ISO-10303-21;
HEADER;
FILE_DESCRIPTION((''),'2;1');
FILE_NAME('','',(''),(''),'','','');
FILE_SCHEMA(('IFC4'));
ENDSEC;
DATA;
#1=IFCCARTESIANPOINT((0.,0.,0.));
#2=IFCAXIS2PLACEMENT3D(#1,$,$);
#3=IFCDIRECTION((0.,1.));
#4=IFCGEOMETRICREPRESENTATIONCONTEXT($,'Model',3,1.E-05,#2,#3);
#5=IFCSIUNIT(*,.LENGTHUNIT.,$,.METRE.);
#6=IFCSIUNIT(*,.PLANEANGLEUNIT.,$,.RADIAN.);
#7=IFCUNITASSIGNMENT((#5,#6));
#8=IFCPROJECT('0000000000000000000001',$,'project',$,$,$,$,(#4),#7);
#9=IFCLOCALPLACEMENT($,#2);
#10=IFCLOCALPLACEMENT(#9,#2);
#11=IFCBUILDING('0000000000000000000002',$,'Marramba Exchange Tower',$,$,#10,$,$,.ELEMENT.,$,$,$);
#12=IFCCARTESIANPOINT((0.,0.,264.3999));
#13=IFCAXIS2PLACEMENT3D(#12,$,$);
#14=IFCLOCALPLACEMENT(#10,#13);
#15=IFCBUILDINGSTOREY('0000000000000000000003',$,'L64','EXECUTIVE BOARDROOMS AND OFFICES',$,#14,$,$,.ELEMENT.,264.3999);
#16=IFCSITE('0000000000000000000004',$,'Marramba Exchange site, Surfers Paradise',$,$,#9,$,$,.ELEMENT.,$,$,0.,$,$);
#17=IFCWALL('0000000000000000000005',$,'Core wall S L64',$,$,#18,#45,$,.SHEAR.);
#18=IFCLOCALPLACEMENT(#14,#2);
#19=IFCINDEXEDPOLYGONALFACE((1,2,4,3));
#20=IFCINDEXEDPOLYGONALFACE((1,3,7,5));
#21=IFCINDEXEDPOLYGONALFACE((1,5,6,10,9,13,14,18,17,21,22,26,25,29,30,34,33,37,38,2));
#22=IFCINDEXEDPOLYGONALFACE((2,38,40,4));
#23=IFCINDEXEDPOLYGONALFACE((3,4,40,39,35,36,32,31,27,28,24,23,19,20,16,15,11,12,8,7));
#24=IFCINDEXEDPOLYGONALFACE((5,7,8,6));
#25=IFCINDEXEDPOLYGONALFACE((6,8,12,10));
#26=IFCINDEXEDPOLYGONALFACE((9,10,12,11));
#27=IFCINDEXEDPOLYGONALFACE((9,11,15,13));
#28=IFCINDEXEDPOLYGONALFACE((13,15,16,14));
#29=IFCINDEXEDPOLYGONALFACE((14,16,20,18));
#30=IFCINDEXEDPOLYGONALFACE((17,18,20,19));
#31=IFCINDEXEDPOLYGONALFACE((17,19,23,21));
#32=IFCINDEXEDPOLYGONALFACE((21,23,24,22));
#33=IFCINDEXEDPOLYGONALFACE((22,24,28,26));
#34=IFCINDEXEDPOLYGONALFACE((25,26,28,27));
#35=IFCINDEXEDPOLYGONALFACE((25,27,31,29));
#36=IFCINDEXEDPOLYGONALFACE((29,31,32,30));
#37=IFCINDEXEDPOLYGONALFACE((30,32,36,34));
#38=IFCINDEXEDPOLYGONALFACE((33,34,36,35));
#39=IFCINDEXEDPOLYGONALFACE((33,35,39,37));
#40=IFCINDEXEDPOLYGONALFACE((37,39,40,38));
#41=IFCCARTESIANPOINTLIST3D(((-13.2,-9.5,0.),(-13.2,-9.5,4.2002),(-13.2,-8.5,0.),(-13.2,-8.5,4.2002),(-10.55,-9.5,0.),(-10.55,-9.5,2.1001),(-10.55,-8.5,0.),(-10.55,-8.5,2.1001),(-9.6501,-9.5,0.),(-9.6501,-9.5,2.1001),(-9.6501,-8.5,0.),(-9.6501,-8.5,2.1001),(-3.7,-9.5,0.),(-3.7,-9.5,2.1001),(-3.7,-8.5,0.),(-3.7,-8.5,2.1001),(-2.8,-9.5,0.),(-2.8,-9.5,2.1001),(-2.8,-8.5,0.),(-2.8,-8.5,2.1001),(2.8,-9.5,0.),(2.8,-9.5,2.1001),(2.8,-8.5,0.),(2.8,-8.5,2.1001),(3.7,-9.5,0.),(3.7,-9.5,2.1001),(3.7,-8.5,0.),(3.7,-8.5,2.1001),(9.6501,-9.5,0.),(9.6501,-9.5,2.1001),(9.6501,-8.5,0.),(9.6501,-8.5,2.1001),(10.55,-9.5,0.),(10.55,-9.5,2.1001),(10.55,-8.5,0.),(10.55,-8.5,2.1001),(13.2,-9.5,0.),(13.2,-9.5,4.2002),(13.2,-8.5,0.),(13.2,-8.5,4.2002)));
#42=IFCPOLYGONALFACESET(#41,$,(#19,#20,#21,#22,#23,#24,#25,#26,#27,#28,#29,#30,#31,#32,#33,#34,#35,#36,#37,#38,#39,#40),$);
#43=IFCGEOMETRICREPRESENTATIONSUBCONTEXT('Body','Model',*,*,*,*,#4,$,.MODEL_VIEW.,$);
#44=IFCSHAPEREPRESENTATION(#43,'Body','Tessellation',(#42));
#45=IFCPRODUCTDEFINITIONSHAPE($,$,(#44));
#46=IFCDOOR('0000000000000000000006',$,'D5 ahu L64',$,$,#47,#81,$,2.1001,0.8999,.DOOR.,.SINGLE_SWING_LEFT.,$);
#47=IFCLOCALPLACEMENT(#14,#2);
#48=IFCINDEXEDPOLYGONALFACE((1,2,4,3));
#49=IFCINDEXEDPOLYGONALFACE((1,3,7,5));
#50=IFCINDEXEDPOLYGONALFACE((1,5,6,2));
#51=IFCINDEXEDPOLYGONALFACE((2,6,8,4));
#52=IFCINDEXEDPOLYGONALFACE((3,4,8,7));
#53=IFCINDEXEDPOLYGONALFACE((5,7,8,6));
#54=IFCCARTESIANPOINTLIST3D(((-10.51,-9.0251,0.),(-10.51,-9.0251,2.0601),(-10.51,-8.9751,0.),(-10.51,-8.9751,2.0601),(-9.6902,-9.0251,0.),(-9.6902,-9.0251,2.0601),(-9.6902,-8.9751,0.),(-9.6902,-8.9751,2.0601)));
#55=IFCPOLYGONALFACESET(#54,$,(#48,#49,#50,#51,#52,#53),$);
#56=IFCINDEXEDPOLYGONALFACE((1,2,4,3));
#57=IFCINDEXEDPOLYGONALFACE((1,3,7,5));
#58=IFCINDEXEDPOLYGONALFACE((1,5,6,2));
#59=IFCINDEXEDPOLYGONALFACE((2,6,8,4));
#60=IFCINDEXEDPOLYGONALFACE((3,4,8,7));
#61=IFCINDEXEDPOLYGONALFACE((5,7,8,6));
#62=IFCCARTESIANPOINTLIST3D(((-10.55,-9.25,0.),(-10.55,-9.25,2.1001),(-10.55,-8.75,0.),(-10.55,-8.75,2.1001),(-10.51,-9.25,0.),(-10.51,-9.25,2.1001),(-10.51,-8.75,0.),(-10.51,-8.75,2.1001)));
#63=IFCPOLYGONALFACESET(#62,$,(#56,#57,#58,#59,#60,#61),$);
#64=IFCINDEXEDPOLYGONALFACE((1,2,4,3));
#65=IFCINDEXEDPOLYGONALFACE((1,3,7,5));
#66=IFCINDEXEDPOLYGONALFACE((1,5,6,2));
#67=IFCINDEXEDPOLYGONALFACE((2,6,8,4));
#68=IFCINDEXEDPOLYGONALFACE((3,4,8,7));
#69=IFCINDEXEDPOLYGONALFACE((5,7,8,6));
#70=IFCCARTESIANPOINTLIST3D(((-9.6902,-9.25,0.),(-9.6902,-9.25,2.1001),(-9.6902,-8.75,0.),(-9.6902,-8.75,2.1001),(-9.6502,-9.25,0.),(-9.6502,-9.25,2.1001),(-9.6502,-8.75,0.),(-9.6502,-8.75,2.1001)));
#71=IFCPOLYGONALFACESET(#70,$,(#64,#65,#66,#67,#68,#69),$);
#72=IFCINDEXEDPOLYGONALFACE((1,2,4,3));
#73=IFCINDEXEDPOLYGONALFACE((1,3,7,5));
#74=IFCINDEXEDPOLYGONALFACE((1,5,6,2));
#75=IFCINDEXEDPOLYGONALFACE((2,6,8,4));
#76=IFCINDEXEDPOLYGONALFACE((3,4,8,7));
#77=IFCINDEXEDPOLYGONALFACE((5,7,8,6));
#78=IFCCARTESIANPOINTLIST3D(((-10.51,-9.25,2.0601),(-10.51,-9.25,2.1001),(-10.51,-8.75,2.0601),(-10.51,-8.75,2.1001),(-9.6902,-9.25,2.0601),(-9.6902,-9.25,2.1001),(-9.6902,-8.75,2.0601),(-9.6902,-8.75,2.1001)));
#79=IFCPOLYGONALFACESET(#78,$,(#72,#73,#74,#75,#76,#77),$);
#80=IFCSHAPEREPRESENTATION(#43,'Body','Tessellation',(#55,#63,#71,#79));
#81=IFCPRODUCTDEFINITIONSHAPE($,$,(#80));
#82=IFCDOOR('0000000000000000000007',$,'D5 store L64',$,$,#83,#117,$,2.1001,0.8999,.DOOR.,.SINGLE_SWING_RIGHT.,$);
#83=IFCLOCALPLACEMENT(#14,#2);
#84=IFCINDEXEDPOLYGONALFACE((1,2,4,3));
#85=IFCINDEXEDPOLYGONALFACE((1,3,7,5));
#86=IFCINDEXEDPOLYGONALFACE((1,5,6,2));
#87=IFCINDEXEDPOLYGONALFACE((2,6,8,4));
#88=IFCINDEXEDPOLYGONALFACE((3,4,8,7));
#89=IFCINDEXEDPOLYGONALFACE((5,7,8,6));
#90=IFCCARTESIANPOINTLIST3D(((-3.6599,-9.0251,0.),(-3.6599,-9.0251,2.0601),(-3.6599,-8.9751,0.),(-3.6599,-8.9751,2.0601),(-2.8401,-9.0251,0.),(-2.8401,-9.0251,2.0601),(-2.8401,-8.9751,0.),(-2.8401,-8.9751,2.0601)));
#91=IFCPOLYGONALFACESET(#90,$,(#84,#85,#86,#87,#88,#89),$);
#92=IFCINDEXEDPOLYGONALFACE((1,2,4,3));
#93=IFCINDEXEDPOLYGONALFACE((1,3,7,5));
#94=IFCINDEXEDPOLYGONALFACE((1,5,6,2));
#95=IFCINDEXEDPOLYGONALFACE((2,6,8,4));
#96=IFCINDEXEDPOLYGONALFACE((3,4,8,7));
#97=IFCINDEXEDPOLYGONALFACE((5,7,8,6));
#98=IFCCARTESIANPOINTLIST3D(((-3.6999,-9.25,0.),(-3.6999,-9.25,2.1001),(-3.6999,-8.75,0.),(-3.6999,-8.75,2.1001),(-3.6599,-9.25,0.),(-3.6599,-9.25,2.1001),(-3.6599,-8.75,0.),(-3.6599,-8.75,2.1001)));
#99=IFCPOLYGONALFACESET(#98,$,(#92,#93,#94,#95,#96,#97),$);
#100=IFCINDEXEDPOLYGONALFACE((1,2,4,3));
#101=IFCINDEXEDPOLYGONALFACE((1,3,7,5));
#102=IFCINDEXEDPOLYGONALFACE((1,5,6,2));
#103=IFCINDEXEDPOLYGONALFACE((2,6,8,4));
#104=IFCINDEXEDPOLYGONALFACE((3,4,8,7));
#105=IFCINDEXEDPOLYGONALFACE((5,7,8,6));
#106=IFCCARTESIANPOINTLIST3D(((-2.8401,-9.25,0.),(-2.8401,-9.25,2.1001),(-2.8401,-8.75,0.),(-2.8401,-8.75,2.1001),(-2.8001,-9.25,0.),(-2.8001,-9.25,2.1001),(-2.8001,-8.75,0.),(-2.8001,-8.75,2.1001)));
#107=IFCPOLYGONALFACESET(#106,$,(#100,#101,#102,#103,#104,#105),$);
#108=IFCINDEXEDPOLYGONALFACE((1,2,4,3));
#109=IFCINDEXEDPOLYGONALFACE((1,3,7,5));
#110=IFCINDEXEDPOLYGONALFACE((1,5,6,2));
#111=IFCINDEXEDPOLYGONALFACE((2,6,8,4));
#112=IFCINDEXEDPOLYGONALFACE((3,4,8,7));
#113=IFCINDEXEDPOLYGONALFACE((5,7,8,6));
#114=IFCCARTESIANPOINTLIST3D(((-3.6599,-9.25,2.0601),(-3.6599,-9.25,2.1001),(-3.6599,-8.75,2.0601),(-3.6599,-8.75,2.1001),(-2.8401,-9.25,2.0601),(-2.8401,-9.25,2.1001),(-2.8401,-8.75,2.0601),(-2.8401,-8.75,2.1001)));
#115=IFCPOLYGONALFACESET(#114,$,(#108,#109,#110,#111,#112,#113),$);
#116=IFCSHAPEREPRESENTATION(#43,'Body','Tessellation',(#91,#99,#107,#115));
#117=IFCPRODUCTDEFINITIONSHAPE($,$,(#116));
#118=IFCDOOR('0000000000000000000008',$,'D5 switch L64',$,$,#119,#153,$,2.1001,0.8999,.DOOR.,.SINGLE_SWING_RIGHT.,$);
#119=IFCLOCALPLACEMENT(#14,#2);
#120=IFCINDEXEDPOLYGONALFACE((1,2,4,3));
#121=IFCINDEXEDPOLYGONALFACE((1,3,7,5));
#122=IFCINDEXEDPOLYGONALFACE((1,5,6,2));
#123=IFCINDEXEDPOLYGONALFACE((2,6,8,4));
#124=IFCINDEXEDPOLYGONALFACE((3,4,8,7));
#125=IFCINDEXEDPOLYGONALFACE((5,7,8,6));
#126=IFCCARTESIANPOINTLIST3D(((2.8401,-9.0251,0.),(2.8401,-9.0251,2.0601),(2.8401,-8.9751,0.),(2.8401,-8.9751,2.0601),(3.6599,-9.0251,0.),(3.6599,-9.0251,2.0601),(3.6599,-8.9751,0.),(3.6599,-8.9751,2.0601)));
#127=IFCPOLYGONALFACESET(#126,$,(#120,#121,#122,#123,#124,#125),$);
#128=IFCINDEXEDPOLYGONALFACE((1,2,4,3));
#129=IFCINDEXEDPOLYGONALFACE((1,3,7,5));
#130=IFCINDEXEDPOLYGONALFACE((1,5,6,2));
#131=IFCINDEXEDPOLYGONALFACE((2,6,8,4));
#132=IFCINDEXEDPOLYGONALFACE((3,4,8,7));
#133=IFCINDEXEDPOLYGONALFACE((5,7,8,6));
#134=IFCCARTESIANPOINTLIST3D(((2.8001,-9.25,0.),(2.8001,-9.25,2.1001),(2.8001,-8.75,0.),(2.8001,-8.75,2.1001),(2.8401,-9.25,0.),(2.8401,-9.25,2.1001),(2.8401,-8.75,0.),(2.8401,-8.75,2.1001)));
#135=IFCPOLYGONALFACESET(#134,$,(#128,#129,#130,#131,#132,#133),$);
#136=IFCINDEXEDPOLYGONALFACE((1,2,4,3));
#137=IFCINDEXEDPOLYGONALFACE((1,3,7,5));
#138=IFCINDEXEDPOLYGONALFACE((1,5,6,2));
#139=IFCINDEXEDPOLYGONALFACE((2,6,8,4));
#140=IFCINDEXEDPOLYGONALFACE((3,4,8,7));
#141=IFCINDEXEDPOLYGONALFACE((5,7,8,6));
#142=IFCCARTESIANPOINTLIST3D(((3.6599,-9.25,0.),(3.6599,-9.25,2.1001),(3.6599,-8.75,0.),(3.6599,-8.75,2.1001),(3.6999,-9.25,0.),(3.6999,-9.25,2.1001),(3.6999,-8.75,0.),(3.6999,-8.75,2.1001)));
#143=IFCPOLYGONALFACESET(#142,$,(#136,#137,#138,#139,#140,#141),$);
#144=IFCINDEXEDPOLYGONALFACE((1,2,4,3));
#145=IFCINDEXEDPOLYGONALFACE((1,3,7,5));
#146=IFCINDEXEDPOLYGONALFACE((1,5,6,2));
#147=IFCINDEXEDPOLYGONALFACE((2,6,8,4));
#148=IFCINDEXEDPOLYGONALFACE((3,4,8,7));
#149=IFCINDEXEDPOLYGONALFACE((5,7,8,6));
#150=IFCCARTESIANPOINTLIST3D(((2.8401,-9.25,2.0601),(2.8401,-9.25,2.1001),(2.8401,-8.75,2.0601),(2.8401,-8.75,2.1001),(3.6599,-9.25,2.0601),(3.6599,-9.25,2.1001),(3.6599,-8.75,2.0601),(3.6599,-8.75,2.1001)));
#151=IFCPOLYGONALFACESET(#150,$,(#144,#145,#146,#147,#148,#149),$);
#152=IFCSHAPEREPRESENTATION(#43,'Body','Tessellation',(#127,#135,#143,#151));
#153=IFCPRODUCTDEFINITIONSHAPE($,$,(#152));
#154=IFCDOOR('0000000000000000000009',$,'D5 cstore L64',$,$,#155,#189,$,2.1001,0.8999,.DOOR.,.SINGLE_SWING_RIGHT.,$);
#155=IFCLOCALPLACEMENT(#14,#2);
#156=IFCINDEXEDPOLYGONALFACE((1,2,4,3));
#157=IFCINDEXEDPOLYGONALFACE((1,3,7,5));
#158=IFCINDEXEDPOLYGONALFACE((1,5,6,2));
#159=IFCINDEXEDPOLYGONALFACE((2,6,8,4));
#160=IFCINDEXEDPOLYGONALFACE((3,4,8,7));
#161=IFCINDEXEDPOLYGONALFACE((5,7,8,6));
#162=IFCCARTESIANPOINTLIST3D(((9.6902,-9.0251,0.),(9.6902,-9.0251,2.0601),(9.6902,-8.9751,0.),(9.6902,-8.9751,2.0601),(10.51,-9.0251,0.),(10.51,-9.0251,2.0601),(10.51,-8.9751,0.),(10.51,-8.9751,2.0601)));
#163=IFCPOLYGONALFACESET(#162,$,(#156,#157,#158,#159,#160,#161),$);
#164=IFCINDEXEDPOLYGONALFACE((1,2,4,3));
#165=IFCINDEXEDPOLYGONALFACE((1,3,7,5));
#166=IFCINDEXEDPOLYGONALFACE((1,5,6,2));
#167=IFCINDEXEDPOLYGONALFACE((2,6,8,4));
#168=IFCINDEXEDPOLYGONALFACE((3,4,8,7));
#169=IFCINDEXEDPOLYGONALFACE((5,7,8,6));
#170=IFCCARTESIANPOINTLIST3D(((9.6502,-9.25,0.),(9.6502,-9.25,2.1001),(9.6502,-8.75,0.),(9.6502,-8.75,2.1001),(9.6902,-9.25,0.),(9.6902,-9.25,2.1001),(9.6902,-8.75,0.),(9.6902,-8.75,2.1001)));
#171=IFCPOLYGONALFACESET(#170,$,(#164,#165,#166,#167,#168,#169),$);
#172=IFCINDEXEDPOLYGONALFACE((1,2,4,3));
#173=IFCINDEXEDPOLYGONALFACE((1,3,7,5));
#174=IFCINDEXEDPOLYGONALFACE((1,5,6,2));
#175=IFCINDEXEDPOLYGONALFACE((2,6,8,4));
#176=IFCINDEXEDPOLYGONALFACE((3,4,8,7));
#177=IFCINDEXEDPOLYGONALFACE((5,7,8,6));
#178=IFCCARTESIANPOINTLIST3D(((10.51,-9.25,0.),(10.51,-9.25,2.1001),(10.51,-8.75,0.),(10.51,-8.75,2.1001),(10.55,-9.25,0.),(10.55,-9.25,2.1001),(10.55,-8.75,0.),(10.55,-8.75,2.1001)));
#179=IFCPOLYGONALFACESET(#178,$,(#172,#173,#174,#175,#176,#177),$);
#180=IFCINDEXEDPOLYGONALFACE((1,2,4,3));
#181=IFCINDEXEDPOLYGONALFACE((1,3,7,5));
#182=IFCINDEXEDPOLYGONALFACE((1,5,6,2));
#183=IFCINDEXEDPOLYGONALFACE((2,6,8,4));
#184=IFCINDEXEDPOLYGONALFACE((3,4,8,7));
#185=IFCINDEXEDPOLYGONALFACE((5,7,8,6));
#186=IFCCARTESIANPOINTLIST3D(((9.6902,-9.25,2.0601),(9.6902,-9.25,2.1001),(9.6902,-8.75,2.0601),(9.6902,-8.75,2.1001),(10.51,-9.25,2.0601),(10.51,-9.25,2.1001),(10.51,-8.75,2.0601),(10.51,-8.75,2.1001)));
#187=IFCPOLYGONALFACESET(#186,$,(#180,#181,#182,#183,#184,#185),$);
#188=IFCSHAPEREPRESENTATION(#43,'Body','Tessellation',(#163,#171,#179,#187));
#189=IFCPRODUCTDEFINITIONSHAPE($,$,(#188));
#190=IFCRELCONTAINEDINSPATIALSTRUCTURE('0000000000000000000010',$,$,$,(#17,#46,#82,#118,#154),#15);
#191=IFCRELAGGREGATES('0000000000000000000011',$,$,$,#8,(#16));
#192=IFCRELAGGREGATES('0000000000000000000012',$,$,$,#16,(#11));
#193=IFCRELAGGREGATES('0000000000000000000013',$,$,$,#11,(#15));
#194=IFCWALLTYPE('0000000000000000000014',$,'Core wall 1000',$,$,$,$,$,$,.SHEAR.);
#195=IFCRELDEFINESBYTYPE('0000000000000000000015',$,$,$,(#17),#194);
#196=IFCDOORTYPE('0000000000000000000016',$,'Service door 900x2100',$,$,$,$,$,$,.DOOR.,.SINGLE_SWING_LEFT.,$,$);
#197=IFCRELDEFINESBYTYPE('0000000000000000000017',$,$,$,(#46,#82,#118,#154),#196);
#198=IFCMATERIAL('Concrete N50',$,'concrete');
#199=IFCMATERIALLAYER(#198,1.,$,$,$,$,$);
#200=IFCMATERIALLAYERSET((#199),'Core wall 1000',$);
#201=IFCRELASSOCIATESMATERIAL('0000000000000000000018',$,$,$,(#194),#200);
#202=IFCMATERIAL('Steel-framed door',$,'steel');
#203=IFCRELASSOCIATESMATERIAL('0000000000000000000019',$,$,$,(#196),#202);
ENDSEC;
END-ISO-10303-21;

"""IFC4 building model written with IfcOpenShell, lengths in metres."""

from ifc_helpers import new_model, si_unit, direction, frame, frame_2d, origin, place, context, subcontext, project, spatial, rectangle, extrude, material, layer, layer_set, type_object, element, fill, save


model = new_model("IFC4")

# Units and contexts
model_context = context("Model", 3, precision=1e-05, world=origin(), true_north=direction((0.0, 1.0)))
body_context = subcontext(model_context, "Body", "Model", "MODEL_VIEW")
ifc_project = project(units=[si_unit("LENGTHUNIT", "METRE"), si_unit("PLANEANGLEUNIT", "RADIAN")], contexts=[model_context])

# Site, building, storey
site_placement = place(None, origin())
site = spatial("IfcSite", under=ifc_project, at=site_placement, Name="Marramba Exchange site, Surfers Paradise", CompositionType="ELEMENT", RefElevation=0.0)
building_placement = place(site_placement, origin())
building = spatial("IfcBuilding", under=site, at=building_placement, Name="Marramba Exchange Tower", CompositionType="ELEMENT")
storey_placement = place(building_placement, frame((0.0, 0.0, 264.3999)))
storey = spatial("IfcBuildingStorey", under=building, at=storey_placement, Name="L64", Description="EXECUTIVE BOARDROOMS AND OFFICES", CompositionType="ELEMENT", Elevation=264.3999)

# Shared definitions
ifc_material_1 = material(Name="Concrete N50", Category="concrete")

# Wall, openings, doors
ifc_layer_1 = layer(ifc_material_1, 1.0)
ifc_layer_set_1 = layer_set([ifc_layer_1], Name="Core wall 1000")
wall_type_1 = type_object("IfcWallType", Name="Core wall 1000", PredefinedType="SHEAR", material=ifc_layer_set_1)
wall_1_placement = place(storey_placement, frame((-13.2, -9.0, 0.0), z_axis=(0.0, 0.0, 1.0), x_axis=(1.0, 0.0, 0.0)))
wall_1 = element("IfcWall", 1, at=wall_1_placement, inside=storey, type_object=wall_type_1, Name="Core wall S L64", PredefinedType="SHEAR", context=body_context, shape_type="SweptSolid", body=[
    extrude(rectangle(XDim=26.3999, YDim=1.0, at=frame_2d((13.2, 0.0))), origin(), (0.0, 0.0, 1.0), 4.2002),
])
opening_1_placement = place(wall_1_placement, frame((2.6499, 0.0, 0.0)))
opening_1 = element("IfcOpeningElement", 2, at=opening_1_placement, cuts=wall_1, PredefinedType="OPENING", context=body_context, shape_type="SweptSolid", body=[
    extrude(rectangle(XDim=0.8999, YDim=2.1001, at=frame_2d((0.45, 1.05))), frame((0.0, 0.51, 0.0), z_axis=(0.0, -1.0, 0.0), x_axis=(1.0, 0.0, 0.0)), (0.0, 0.0, 1.0), 1.02),
])
opening_2_placement = place(wall_1_placement, frame((9.5, 0.0, 0.0)))
opening_2 = element("IfcOpeningElement", 3, at=opening_2_placement, cuts=wall_1, PredefinedType="OPENING", context=body_context, shape_type="SweptSolid", body=[
    extrude(rectangle(XDim=0.8999, YDim=2.1001, at=frame_2d((0.45, 1.05))), frame((0.0, 0.51, 0.0), z_axis=(0.0, -1.0, 0.0), x_axis=(1.0, 0.0, 0.0)), (0.0, 0.0, 1.0), 1.02),
])
opening_3_placement = place(wall_1_placement, frame((16.0, 0.0, 0.0)))
opening_3 = element("IfcOpeningElement", 4, at=opening_3_placement, cuts=wall_1, PredefinedType="OPENING", context=body_context, shape_type="SweptSolid", body=[
    extrude(rectangle(XDim=0.8999, YDim=2.1001, at=frame_2d((0.45, 1.05))), frame((0.0, 0.51, 0.0), z_axis=(0.0, -1.0, 0.0), x_axis=(1.0, 0.0, 0.0)), (0.0, 0.0, 1.0), 1.02),
])
opening_4_placement = place(wall_1_placement, frame((22.8501, 0.0, 0.0)))
opening_4 = element("IfcOpeningElement", 5, at=opening_4_placement, cuts=wall_1, PredefinedType="OPENING", context=body_context, shape_type="SweptSolid", body=[
    extrude(rectangle(XDim=0.8999, YDim=2.1001, at=frame_2d((0.45, 1.05))), frame((0.0, 0.51, 0.0), z_axis=(0.0, -1.0, 0.0), x_axis=(1.0, 0.0, 0.0)), (0.0, 0.0, 1.0), 1.02),
])
ifc_material_2 = material(Name="Steel-framed door", Category="steel")
door_type = type_object("IfcDoorType", Name="Service door 900x2100", OperationType="SINGLE_SWING_LEFT", PredefinedType="DOOR", material=ifc_material_2)
door_1_placement = place(opening_1_placement, origin())
door_1 = element("IfcDoor", 6, at=door_1_placement, inside=storey, type_object=door_type, Name="D5 ahu L64", OperationType="SINGLE_SWING_LEFT", OverallHeight=2.1001, OverallWidth=0.8999, PredefinedType="DOOR", context=body_context, shape_type="SweptSolid", body=[
    extrude(rectangle(XDim=0.8198, YDim=2.0601, at=frame_2d((0.45, 1.03))), frame((0.0, 0.0249, 0.0), z_axis=(0.0, -1.0, 0.0), x_axis=(1.0, 0.0, 0.0)), (0.0, 0.0, 1.0), 0.05),
    extrude(rectangle(XDim=0.04, YDim=2.1001, at=frame_2d((0.02, 1.05))), frame((0.0, 0.25, 0.0), z_axis=(0.0, -1.0, 0.0), x_axis=(1.0, 0.0, 0.0)), (0.0, 0.0, 1.0), 0.5),
    extrude(rectangle(XDim=0.04, YDim=2.1001, at=frame_2d((0.8799, 1.05))), frame((0.0, 0.25, 0.0), z_axis=(0.0, -1.0, 0.0), x_axis=(1.0, 0.0, 0.0)), (0.0, 0.0, 1.0), 0.5),
    extrude(rectangle(XDim=0.8198, YDim=0.04, at=frame_2d((0.45, 2.0801))), frame((0.0, 0.25, 0.0), z_axis=(0.0, -1.0, 0.0), x_axis=(1.0, 0.0, 0.0)), (0.0, 0.0, 1.0), 0.5),
])
fill(opening_1, door_1)
door_2_placement = place(opening_2_placement, origin())
door_2 = element("IfcDoor", 7, at=door_2_placement, inside=storey, type_object=door_type, Name="D5 store L64", OperationType="SINGLE_SWING_RIGHT", OverallHeight=2.1001, OverallWidth=0.8999, PredefinedType="DOOR", context=body_context, shape_type="SweptSolid", body=[
    extrude(rectangle(XDim=0.8198, YDim=2.0601, at=frame_2d((0.45, 1.03))), frame((0.0, 0.0249, 0.0), z_axis=(0.0, -1.0, 0.0), x_axis=(1.0, 0.0, 0.0)), (0.0, 0.0, 1.0), 0.05),
    extrude(rectangle(XDim=0.04, YDim=2.1001, at=frame_2d((0.02, 1.05))), frame((0.0, 0.25, 0.0), z_axis=(0.0, -1.0, 0.0), x_axis=(1.0, 0.0, 0.0)), (0.0, 0.0, 1.0), 0.5),
    extrude(rectangle(XDim=0.04, YDim=2.1001, at=frame_2d((0.8799, 1.05))), frame((0.0, 0.25, 0.0), z_axis=(0.0, -1.0, 0.0), x_axis=(1.0, 0.0, 0.0)), (0.0, 0.0, 1.0), 0.5),
    extrude(rectangle(XDim=0.8198, YDim=0.04, at=frame_2d((0.45, 2.0801))), frame((0.0, 0.25, 0.0), z_axis=(0.0, -1.0, 0.0), x_axis=(1.0, 0.0, 0.0)), (0.0, 0.0, 1.0), 0.5),
])
fill(opening_2, door_2)
door_3_placement = place(opening_3_placement, origin())
door_3 = element("IfcDoor", 8, at=door_3_placement, inside=storey, type_object=door_type, Name="D5 switch L64", OperationType="SINGLE_SWING_RIGHT", OverallHeight=2.1001, OverallWidth=0.8999, PredefinedType="DOOR", context=body_context, shape_type="SweptSolid", body=[
    extrude(rectangle(XDim=0.8198, YDim=2.0601, at=frame_2d((0.45, 1.03))), frame((0.0, 0.0249, 0.0), z_axis=(0.0, -1.0, 0.0), x_axis=(1.0, 0.0, 0.0)), (0.0, 0.0, 1.0), 0.05),
    extrude(rectangle(XDim=0.04, YDim=2.1001, at=frame_2d((0.02, 1.05))), frame((0.0, 0.25, 0.0), z_axis=(0.0, -1.0, 0.0), x_axis=(1.0, 0.0, 0.0)), (0.0, 0.0, 1.0), 0.5),
    extrude(rectangle(XDim=0.04, YDim=2.1001, at=frame_2d((0.8799, 1.05))), frame((0.0, 0.25, 0.0), z_axis=(0.0, -1.0, 0.0), x_axis=(1.0, 0.0, 0.0)), (0.0, 0.0, 1.0), 0.5),
    extrude(rectangle(XDim=0.8198, YDim=0.04, at=frame_2d((0.45, 2.0801))), frame((0.0, 0.25, 0.0), z_axis=(0.0, -1.0, 0.0), x_axis=(1.0, 0.0, 0.0)), (0.0, 0.0, 1.0), 0.5),
])
fill(opening_3, door_3)
door_4_placement = place(opening_4_placement, origin())
door_4 = element("IfcDoor", 9, at=door_4_placement, inside=storey, type_object=door_type, Name="D5 cstore L64", OperationType="SINGLE_SWING_RIGHT", OverallHeight=2.1001, OverallWidth=0.8999, PredefinedType="DOOR", context=body_context, shape_type="SweptSolid", body=[
    extrude(rectangle(XDim=0.8198, YDim=2.0601, at=frame_2d((0.45, 1.03))), frame((0.0, 0.0249, 0.0), z_axis=(0.0, -1.0, 0.0), x_axis=(1.0, 0.0, 0.0)), (0.0, 0.0, 1.0), 0.05),
    extrude(rectangle(XDim=0.04, YDim=2.1001, at=frame_2d((0.02, 1.05))), frame((0.0, 0.25, 0.0), z_axis=(0.0, -1.0, 0.0), x_axis=(1.0, 0.0, 0.0)), (0.0, 0.0, 1.0), 0.5),
    extrude(rectangle(XDim=0.04, YDim=2.1001, at=frame_2d((0.8799, 1.05))), frame((0.0, 0.25, 0.0), z_axis=(0.0, -1.0, 0.0), x_axis=(1.0, 0.0, 0.0)), (0.0, 0.0, 1.0), 0.5),
    extrude(rectangle(XDim=0.8198, YDim=0.04, at=frame_2d((0.45, 2.0801))), frame((0.0, 0.25, 0.0), z_axis=(0.0, -1.0, 0.0), x_axis=(1.0, 0.0, 0.0)), (0.0, 0.0, 1.0), 0.5),
])
fill(opening_4, door_4)

save(model, "model.ifc")
